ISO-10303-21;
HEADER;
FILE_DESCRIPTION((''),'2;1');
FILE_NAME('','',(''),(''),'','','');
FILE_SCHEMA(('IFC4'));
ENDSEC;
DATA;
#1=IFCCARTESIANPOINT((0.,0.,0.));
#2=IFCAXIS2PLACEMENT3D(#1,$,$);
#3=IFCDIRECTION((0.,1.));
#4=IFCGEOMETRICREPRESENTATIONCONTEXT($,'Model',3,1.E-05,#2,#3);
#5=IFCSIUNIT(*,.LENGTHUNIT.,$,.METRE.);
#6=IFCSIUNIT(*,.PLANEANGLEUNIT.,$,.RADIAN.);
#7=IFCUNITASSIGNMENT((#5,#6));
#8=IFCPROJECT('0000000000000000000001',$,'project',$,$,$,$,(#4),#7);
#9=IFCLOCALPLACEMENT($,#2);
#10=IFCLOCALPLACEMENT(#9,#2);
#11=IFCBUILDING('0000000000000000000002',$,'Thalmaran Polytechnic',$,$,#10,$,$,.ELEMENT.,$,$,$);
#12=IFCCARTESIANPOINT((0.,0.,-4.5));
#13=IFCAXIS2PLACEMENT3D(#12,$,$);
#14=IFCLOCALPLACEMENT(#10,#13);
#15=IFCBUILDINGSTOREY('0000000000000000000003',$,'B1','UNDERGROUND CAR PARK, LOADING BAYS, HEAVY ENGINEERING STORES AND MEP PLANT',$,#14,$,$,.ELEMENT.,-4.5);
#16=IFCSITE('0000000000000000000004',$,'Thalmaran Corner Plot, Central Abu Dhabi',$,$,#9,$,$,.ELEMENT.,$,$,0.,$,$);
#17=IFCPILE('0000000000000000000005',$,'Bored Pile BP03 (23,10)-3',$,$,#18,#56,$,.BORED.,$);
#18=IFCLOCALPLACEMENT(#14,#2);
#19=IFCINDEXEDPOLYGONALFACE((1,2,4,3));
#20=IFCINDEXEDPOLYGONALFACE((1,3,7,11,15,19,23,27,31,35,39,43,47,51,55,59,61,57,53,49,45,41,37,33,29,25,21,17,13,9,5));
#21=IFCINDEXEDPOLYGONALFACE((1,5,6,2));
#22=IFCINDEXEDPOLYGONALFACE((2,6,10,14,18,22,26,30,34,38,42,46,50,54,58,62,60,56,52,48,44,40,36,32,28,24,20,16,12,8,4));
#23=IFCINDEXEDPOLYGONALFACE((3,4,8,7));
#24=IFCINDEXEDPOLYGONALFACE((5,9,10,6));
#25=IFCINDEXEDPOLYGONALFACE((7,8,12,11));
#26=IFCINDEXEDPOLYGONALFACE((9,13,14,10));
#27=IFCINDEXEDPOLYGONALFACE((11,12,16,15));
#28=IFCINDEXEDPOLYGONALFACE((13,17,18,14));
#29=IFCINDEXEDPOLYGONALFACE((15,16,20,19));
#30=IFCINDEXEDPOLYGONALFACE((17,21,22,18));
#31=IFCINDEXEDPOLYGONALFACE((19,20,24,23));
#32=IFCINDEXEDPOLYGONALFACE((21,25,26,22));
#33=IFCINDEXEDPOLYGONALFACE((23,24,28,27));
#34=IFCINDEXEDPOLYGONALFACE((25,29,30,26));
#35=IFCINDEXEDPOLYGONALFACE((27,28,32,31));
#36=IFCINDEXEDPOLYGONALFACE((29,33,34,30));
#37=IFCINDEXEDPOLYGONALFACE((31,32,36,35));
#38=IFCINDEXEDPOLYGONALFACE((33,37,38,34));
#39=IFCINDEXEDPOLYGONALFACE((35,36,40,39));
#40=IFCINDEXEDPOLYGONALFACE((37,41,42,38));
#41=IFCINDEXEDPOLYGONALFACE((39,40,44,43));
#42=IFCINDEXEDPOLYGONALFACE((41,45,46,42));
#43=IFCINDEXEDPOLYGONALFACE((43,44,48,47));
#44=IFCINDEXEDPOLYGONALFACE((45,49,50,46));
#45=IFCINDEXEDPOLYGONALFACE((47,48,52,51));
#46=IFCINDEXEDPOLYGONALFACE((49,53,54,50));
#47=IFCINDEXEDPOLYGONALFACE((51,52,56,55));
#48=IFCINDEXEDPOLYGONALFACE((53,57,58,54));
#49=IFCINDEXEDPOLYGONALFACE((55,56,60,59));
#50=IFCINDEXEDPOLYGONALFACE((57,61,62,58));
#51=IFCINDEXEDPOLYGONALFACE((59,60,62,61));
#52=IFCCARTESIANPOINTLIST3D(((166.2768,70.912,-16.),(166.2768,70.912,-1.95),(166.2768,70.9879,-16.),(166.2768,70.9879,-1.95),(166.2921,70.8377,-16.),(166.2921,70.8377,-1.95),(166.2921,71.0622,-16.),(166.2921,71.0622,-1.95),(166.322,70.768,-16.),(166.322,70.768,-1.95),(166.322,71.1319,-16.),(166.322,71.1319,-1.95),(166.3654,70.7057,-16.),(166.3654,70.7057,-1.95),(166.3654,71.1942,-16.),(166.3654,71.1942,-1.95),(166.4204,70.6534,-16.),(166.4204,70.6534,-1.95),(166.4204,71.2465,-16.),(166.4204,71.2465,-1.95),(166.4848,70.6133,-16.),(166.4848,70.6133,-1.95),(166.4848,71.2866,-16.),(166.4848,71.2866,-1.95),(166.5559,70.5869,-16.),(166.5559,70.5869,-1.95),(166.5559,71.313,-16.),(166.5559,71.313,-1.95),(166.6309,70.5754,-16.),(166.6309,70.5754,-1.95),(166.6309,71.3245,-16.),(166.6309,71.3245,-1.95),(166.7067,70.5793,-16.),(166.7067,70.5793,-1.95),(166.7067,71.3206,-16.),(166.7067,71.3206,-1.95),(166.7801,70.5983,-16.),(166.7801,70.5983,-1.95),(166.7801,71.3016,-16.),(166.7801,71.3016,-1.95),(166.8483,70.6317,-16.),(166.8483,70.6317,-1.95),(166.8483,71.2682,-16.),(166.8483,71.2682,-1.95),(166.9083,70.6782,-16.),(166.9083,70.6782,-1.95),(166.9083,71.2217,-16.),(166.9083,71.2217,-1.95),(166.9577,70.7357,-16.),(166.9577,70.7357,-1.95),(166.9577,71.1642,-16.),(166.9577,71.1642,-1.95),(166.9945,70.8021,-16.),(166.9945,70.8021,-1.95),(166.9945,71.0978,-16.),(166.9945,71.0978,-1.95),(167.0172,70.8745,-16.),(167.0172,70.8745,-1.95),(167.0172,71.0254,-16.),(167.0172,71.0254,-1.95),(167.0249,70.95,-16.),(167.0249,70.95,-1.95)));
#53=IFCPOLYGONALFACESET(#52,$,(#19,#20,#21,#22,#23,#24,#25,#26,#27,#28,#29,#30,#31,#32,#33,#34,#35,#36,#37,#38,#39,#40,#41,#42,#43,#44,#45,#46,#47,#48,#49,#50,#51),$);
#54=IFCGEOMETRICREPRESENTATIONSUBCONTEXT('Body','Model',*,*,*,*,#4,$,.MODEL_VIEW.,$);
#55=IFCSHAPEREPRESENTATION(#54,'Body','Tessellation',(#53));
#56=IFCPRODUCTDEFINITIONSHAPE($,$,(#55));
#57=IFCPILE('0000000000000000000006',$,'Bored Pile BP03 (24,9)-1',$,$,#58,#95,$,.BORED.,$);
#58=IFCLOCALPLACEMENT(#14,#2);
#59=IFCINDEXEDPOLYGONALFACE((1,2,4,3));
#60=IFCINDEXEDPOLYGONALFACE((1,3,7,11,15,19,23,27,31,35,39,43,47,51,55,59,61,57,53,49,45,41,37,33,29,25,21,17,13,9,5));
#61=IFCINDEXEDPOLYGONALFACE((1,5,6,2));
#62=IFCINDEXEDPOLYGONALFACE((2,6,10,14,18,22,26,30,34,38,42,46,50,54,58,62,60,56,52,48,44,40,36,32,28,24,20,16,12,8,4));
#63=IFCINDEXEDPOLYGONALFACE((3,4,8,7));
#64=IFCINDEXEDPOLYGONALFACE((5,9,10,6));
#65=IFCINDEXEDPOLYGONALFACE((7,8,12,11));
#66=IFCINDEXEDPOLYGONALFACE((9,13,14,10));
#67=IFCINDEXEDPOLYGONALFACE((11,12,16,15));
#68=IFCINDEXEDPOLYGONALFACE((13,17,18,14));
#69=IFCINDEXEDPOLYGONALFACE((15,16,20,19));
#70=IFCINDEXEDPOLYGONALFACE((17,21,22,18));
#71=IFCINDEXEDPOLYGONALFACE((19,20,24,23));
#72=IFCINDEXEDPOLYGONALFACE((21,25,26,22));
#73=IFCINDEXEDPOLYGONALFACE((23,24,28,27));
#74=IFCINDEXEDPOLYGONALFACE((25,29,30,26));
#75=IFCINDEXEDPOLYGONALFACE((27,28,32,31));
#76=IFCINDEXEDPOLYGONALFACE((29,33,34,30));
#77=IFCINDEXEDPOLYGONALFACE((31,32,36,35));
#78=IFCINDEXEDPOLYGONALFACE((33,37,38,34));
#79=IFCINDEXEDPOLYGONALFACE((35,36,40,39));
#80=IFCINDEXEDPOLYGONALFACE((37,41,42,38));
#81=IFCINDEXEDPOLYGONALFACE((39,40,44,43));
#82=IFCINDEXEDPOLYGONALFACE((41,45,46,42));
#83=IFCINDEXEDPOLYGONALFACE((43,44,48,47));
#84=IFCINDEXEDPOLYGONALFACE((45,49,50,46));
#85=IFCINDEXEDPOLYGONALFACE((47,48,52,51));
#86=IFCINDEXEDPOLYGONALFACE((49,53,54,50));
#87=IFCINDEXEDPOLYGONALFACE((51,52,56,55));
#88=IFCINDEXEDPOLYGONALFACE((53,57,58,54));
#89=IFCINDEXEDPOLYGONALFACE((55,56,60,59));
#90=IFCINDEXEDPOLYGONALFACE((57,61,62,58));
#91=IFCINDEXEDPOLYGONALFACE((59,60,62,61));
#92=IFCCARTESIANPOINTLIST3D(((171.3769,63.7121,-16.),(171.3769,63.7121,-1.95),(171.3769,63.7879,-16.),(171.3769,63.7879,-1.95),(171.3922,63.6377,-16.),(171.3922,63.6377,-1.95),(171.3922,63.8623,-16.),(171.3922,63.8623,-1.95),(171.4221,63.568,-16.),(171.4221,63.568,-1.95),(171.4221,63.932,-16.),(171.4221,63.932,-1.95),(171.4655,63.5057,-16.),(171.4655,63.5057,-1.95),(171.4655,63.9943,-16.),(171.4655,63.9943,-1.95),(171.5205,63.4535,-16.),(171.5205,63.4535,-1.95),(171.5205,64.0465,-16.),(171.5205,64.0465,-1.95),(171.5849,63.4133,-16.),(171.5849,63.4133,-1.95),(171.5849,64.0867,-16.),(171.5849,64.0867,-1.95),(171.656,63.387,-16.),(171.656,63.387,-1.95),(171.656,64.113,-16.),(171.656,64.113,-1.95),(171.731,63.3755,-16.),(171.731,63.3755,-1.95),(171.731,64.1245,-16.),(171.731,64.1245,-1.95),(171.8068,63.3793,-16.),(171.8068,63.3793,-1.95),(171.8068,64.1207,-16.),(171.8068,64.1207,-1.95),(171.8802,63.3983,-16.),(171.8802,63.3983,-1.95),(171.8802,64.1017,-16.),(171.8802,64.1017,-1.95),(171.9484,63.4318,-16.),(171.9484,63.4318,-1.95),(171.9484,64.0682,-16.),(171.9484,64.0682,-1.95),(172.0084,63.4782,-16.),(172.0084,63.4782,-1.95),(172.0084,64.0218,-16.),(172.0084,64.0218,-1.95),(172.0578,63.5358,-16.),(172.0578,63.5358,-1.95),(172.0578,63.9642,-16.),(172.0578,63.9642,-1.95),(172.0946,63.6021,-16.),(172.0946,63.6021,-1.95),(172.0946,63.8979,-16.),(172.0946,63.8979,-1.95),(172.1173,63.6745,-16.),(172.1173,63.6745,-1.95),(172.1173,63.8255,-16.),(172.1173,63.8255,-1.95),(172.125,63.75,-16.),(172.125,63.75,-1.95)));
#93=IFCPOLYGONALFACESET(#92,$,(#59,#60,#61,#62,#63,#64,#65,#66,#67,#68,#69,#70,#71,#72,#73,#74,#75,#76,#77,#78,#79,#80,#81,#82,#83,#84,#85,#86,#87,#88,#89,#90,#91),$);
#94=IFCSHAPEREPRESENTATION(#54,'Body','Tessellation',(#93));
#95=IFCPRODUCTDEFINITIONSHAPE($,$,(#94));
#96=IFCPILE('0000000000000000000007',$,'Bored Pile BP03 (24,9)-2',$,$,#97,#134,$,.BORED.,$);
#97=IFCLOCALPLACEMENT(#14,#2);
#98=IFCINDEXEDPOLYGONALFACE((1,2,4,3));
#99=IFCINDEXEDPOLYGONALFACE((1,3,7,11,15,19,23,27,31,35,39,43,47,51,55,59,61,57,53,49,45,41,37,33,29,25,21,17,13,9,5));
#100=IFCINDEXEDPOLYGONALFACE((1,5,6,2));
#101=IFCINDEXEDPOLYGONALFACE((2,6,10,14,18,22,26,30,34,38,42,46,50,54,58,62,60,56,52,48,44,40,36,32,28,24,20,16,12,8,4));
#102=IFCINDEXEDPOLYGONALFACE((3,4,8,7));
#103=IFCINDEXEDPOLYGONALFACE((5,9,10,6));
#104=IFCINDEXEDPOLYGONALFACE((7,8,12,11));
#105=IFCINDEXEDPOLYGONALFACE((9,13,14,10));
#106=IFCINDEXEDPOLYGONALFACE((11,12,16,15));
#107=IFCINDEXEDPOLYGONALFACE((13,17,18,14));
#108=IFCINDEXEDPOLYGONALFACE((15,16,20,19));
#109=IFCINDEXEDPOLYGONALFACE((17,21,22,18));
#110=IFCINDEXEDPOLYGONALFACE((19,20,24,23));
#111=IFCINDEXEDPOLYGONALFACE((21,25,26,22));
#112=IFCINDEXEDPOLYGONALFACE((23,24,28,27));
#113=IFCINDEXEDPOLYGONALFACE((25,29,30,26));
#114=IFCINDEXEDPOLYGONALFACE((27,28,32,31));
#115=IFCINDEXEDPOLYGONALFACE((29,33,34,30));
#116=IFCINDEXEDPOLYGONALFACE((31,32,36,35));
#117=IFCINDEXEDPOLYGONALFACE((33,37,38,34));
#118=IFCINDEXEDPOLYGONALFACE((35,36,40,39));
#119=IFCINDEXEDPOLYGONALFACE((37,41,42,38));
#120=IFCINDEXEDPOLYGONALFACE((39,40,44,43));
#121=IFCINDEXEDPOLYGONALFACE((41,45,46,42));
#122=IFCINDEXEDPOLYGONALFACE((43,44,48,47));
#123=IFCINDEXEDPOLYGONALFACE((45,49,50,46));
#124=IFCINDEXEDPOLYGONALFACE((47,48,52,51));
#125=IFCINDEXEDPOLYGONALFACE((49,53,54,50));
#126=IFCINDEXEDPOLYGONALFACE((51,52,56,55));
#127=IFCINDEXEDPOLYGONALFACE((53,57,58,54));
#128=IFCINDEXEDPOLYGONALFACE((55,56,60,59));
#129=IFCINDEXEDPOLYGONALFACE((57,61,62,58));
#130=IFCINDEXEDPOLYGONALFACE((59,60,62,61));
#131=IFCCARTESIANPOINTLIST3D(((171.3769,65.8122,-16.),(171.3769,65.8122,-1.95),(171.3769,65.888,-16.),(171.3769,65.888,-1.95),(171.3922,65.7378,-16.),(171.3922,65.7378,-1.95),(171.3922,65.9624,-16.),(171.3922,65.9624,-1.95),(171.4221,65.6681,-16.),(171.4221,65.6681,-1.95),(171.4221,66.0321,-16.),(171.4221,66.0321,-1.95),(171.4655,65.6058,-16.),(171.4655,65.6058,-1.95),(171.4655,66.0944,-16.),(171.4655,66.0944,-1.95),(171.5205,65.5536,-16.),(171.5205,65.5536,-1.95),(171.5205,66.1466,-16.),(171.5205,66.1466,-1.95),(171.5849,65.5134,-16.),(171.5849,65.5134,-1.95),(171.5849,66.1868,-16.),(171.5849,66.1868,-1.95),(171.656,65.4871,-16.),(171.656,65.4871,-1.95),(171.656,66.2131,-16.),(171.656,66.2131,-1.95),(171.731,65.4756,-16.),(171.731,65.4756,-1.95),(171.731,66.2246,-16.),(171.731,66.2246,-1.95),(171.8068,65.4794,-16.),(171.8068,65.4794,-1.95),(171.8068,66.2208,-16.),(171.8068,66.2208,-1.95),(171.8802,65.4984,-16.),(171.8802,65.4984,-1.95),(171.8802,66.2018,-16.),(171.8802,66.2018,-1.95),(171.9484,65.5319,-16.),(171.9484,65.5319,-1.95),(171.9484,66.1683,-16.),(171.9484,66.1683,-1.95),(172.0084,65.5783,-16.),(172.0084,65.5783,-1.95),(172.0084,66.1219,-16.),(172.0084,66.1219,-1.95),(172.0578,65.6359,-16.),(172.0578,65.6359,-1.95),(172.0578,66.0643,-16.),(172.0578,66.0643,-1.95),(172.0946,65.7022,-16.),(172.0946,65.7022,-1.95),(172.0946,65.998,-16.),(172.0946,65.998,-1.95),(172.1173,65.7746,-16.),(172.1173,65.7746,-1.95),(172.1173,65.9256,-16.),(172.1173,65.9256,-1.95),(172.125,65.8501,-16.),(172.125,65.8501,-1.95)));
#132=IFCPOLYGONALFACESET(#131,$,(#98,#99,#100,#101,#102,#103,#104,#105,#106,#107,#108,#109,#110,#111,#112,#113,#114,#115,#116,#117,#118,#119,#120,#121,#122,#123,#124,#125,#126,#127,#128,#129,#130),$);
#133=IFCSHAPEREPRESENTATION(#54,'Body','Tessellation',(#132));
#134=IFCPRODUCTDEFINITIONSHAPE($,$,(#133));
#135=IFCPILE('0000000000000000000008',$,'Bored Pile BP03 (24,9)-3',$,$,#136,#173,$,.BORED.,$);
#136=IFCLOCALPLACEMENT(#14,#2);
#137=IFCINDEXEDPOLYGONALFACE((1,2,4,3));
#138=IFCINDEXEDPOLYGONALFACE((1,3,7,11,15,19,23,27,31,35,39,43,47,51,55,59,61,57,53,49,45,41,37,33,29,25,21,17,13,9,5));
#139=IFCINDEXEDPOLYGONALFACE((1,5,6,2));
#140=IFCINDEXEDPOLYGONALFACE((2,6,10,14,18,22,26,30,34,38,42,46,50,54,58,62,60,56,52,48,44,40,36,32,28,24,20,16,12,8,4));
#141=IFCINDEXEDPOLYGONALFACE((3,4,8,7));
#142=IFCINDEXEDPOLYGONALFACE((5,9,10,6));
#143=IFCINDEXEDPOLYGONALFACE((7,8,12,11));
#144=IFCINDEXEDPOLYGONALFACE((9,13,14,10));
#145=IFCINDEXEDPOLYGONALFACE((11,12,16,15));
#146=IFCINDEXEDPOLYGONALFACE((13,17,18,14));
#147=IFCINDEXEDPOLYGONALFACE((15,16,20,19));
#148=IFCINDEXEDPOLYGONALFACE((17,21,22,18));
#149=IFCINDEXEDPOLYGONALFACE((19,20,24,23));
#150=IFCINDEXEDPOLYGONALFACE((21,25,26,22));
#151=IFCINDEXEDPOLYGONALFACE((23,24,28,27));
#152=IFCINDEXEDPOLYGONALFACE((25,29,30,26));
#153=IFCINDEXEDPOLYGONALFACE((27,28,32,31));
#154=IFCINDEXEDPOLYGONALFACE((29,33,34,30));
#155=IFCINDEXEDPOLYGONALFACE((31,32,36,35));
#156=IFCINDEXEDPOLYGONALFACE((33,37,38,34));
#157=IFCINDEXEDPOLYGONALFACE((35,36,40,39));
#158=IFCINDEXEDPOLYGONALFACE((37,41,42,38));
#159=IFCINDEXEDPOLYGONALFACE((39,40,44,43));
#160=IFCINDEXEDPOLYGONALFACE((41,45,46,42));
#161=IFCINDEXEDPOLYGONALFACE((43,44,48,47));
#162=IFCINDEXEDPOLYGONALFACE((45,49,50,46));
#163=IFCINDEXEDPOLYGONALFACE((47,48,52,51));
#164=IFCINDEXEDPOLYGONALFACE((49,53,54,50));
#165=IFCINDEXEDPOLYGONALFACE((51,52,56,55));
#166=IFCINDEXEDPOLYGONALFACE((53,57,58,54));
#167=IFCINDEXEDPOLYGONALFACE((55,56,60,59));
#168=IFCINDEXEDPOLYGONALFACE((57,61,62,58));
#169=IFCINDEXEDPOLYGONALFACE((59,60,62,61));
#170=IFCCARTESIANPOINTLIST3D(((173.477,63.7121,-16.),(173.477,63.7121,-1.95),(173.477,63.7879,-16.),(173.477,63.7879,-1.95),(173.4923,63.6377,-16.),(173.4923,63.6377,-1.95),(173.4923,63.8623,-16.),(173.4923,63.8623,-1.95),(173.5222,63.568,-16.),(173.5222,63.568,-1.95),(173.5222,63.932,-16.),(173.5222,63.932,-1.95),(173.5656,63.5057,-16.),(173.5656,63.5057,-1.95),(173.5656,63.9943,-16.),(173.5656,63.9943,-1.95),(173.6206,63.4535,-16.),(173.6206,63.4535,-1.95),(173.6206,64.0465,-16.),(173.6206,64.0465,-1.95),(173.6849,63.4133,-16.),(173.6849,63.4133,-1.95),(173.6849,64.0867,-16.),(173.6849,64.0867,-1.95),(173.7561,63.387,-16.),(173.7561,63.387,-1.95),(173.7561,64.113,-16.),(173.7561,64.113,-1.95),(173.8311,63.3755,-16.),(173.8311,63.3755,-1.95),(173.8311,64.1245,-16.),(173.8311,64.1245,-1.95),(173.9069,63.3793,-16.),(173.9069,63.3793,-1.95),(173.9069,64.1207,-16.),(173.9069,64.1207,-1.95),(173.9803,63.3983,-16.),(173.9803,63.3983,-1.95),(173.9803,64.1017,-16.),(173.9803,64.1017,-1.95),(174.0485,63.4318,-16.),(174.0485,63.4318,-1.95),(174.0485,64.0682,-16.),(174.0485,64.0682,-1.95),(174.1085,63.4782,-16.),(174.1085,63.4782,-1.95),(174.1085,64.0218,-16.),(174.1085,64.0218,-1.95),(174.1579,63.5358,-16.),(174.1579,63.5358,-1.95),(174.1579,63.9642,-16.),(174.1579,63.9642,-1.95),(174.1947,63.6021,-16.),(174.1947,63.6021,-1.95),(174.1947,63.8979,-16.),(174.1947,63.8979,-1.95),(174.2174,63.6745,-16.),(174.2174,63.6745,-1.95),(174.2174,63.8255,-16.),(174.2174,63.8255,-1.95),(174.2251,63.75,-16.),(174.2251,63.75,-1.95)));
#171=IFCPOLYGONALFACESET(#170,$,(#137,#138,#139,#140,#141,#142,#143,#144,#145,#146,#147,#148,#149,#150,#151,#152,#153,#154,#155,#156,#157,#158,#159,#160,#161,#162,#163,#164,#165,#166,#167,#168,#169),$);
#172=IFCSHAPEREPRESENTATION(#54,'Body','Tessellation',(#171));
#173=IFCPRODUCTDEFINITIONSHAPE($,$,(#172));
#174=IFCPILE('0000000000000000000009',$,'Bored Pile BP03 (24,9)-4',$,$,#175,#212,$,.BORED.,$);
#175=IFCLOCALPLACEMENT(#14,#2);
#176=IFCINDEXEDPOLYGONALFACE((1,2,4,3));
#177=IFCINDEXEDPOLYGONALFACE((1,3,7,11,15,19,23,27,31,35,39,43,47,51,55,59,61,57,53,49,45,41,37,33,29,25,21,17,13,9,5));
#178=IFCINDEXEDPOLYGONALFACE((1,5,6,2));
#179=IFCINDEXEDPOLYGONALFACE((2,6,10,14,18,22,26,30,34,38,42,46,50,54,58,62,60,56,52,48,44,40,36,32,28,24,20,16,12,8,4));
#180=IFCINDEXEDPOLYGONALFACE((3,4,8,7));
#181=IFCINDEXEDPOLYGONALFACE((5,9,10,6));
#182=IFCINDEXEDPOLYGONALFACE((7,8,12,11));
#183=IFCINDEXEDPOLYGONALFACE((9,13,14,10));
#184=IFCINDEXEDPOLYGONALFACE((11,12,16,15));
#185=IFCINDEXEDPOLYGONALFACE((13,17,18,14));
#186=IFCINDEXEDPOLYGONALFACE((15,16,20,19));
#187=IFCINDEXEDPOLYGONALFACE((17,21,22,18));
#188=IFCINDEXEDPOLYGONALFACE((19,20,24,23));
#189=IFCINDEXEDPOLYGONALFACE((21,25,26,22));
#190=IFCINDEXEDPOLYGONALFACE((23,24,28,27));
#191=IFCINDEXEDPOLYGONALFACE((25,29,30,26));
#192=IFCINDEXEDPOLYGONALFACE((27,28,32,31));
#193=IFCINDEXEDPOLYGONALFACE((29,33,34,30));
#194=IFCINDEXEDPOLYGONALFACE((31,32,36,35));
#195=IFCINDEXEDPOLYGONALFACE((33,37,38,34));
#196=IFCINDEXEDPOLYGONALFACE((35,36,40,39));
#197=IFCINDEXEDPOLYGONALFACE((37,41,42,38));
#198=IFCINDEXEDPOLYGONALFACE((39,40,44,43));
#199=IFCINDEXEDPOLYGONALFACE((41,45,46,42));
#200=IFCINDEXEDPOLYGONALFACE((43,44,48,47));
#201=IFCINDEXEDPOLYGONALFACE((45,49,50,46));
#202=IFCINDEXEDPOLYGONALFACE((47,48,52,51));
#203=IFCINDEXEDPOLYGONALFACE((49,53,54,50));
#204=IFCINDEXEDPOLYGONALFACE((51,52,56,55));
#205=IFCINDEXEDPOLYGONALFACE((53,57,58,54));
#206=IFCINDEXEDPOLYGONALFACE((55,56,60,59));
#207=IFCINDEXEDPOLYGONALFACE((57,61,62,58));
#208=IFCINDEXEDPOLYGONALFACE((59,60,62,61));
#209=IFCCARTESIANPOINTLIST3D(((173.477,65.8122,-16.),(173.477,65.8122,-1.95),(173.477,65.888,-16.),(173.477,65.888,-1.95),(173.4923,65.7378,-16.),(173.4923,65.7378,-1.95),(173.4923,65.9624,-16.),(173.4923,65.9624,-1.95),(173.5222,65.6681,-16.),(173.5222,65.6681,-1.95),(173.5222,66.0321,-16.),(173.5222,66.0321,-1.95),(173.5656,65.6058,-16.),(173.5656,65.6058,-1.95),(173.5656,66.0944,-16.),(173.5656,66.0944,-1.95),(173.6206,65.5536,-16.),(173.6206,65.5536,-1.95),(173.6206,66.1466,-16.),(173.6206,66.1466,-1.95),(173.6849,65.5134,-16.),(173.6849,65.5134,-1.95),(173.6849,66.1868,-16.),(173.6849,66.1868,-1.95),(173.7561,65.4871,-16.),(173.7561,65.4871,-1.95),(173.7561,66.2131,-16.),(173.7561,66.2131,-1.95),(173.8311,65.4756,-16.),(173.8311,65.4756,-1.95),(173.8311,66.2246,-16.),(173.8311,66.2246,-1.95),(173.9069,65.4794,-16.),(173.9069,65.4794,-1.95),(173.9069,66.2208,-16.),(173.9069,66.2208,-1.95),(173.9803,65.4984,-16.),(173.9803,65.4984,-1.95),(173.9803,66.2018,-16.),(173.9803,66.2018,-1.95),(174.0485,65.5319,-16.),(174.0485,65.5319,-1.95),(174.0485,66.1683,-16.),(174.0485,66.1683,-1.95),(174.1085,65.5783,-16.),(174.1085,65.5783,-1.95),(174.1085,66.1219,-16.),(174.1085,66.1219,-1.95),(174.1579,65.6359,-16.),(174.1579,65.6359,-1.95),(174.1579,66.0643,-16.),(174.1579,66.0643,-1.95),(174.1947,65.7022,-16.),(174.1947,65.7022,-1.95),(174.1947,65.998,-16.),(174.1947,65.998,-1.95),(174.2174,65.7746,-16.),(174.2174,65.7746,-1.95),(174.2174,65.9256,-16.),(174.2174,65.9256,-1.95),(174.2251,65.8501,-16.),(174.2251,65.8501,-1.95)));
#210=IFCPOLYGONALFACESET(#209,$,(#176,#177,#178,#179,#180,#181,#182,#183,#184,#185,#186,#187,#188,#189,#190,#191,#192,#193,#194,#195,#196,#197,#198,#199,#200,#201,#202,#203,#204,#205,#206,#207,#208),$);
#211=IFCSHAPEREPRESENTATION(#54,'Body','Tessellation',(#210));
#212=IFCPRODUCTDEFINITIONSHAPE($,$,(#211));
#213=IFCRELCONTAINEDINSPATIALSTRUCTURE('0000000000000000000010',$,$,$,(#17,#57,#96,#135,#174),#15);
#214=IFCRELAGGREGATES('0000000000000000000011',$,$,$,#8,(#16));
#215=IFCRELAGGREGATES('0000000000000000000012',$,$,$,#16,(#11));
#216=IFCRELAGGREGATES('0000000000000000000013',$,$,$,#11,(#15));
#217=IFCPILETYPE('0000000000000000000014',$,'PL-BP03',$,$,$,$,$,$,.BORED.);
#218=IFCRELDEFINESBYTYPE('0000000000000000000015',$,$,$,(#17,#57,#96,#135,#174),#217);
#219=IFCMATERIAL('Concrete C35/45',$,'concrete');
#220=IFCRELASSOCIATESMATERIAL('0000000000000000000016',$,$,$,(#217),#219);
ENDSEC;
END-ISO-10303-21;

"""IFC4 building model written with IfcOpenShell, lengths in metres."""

from ifc_helpers import new_model, si_unit, direction, frame, origin, origin_2d, place, context, subcontext, project, spatial, circle, extrude, material, material_profile, profile_set, type_object, element, save


model = new_model("IFC4")

# Units and contexts
model_context = context("Model", 3, precision=1e-05, world=origin(), true_north=direction((0.0, 1.0)))
body_context = subcontext(model_context, "Body", "Model", "MODEL_VIEW")
ifc_project = project(units=[si_unit("LENGTHUNIT", "METRE"), si_unit("PLANEANGLEUNIT", "RADIAN")], contexts=[model_context])

# Site, building, storey
site_placement = place(None, origin())
site = spatial("IfcSite", under=ifc_project, at=site_placement, Name="Thalmaran Corner Plot, Central Abu Dhabi", CompositionType="ELEMENT", RefElevation=0.0)
building_placement = place(site_placement, origin())
building = spatial("IfcBuilding", under=site, at=building_placement, Name="Thalmaran Polytechnic", CompositionType="ELEMENT")
storey_placement = place(building_placement, frame((0.0, 0.0, -4.5)))
storey = spatial("IfcBuildingStorey", under=building, at=storey_placement, Name="B1", Description="UNDERGROUND CAR PARK, LOADING BAYS, HEAVY ENGINEERING STORES AND MEP PLANT", CompositionType="ELEMENT", Elevation=-4.5)

# Piles
ifc_material_1 = material(Name="Concrete C35/45", Category="concrete")
ifc_material_profile_1 = material_profile(ifc_material_1, circle(Radius=0.375, at=origin_2d()), Name="RC 750 DIA")
ifc_profile_set_1 = profile_set([ifc_material_profile_1], Name="Concrete C35/45")
pile_type = type_object("IfcPileType", Name="PL-BP03", PredefinedType="BORED", material=ifc_profile_set_1)
for number, where, z_axis, x_axis, name in (
    (1, (166.6499, 70.95, -1.95), (0.0, 0.0, -1.0), (1.0, 0.0, 0.0), "Bored Pile BP03 (23,10)-3"),
    (2, (171.75, 63.75, -1.95), (0.0, 0.0, -1.0), (1.0, 0.0, 0.0), "Bored Pile BP03 (24,9)-1"),
    (3, (171.75, 65.8501, -1.95), (0.0, 0.0, -1.0), (1.0, 0.0, 0.0), "Bored Pile BP03 (24,9)-2"),
    (4, (173.8501, 63.75, -1.95), (0.0, 0.0, -1.0), (1.0, 0.0, 0.0), "Bored Pile BP03 (24,9)-3"),
    (5, (173.8501, 65.8501, -1.95), (0.0, 0.0, -1.0), (1.0, 0.0, 0.0), "Bored Pile BP03 (24,9)-4"),
):
    element("IfcPile", number, at=place(storey_placement, frame(where, z_axis=z_axis, x_axis=x_axis)), inside=storey, type_object=pile_type, Name=name, PredefinedType="BORED", context=body_context, shape_type="SweptSolid", body=[
        extrude(circle(Radius=0.375, at=origin_2d()), origin(), (0.0, 0.0, 1.0), 14.05),
    ])

save(model, "model.ifc")
